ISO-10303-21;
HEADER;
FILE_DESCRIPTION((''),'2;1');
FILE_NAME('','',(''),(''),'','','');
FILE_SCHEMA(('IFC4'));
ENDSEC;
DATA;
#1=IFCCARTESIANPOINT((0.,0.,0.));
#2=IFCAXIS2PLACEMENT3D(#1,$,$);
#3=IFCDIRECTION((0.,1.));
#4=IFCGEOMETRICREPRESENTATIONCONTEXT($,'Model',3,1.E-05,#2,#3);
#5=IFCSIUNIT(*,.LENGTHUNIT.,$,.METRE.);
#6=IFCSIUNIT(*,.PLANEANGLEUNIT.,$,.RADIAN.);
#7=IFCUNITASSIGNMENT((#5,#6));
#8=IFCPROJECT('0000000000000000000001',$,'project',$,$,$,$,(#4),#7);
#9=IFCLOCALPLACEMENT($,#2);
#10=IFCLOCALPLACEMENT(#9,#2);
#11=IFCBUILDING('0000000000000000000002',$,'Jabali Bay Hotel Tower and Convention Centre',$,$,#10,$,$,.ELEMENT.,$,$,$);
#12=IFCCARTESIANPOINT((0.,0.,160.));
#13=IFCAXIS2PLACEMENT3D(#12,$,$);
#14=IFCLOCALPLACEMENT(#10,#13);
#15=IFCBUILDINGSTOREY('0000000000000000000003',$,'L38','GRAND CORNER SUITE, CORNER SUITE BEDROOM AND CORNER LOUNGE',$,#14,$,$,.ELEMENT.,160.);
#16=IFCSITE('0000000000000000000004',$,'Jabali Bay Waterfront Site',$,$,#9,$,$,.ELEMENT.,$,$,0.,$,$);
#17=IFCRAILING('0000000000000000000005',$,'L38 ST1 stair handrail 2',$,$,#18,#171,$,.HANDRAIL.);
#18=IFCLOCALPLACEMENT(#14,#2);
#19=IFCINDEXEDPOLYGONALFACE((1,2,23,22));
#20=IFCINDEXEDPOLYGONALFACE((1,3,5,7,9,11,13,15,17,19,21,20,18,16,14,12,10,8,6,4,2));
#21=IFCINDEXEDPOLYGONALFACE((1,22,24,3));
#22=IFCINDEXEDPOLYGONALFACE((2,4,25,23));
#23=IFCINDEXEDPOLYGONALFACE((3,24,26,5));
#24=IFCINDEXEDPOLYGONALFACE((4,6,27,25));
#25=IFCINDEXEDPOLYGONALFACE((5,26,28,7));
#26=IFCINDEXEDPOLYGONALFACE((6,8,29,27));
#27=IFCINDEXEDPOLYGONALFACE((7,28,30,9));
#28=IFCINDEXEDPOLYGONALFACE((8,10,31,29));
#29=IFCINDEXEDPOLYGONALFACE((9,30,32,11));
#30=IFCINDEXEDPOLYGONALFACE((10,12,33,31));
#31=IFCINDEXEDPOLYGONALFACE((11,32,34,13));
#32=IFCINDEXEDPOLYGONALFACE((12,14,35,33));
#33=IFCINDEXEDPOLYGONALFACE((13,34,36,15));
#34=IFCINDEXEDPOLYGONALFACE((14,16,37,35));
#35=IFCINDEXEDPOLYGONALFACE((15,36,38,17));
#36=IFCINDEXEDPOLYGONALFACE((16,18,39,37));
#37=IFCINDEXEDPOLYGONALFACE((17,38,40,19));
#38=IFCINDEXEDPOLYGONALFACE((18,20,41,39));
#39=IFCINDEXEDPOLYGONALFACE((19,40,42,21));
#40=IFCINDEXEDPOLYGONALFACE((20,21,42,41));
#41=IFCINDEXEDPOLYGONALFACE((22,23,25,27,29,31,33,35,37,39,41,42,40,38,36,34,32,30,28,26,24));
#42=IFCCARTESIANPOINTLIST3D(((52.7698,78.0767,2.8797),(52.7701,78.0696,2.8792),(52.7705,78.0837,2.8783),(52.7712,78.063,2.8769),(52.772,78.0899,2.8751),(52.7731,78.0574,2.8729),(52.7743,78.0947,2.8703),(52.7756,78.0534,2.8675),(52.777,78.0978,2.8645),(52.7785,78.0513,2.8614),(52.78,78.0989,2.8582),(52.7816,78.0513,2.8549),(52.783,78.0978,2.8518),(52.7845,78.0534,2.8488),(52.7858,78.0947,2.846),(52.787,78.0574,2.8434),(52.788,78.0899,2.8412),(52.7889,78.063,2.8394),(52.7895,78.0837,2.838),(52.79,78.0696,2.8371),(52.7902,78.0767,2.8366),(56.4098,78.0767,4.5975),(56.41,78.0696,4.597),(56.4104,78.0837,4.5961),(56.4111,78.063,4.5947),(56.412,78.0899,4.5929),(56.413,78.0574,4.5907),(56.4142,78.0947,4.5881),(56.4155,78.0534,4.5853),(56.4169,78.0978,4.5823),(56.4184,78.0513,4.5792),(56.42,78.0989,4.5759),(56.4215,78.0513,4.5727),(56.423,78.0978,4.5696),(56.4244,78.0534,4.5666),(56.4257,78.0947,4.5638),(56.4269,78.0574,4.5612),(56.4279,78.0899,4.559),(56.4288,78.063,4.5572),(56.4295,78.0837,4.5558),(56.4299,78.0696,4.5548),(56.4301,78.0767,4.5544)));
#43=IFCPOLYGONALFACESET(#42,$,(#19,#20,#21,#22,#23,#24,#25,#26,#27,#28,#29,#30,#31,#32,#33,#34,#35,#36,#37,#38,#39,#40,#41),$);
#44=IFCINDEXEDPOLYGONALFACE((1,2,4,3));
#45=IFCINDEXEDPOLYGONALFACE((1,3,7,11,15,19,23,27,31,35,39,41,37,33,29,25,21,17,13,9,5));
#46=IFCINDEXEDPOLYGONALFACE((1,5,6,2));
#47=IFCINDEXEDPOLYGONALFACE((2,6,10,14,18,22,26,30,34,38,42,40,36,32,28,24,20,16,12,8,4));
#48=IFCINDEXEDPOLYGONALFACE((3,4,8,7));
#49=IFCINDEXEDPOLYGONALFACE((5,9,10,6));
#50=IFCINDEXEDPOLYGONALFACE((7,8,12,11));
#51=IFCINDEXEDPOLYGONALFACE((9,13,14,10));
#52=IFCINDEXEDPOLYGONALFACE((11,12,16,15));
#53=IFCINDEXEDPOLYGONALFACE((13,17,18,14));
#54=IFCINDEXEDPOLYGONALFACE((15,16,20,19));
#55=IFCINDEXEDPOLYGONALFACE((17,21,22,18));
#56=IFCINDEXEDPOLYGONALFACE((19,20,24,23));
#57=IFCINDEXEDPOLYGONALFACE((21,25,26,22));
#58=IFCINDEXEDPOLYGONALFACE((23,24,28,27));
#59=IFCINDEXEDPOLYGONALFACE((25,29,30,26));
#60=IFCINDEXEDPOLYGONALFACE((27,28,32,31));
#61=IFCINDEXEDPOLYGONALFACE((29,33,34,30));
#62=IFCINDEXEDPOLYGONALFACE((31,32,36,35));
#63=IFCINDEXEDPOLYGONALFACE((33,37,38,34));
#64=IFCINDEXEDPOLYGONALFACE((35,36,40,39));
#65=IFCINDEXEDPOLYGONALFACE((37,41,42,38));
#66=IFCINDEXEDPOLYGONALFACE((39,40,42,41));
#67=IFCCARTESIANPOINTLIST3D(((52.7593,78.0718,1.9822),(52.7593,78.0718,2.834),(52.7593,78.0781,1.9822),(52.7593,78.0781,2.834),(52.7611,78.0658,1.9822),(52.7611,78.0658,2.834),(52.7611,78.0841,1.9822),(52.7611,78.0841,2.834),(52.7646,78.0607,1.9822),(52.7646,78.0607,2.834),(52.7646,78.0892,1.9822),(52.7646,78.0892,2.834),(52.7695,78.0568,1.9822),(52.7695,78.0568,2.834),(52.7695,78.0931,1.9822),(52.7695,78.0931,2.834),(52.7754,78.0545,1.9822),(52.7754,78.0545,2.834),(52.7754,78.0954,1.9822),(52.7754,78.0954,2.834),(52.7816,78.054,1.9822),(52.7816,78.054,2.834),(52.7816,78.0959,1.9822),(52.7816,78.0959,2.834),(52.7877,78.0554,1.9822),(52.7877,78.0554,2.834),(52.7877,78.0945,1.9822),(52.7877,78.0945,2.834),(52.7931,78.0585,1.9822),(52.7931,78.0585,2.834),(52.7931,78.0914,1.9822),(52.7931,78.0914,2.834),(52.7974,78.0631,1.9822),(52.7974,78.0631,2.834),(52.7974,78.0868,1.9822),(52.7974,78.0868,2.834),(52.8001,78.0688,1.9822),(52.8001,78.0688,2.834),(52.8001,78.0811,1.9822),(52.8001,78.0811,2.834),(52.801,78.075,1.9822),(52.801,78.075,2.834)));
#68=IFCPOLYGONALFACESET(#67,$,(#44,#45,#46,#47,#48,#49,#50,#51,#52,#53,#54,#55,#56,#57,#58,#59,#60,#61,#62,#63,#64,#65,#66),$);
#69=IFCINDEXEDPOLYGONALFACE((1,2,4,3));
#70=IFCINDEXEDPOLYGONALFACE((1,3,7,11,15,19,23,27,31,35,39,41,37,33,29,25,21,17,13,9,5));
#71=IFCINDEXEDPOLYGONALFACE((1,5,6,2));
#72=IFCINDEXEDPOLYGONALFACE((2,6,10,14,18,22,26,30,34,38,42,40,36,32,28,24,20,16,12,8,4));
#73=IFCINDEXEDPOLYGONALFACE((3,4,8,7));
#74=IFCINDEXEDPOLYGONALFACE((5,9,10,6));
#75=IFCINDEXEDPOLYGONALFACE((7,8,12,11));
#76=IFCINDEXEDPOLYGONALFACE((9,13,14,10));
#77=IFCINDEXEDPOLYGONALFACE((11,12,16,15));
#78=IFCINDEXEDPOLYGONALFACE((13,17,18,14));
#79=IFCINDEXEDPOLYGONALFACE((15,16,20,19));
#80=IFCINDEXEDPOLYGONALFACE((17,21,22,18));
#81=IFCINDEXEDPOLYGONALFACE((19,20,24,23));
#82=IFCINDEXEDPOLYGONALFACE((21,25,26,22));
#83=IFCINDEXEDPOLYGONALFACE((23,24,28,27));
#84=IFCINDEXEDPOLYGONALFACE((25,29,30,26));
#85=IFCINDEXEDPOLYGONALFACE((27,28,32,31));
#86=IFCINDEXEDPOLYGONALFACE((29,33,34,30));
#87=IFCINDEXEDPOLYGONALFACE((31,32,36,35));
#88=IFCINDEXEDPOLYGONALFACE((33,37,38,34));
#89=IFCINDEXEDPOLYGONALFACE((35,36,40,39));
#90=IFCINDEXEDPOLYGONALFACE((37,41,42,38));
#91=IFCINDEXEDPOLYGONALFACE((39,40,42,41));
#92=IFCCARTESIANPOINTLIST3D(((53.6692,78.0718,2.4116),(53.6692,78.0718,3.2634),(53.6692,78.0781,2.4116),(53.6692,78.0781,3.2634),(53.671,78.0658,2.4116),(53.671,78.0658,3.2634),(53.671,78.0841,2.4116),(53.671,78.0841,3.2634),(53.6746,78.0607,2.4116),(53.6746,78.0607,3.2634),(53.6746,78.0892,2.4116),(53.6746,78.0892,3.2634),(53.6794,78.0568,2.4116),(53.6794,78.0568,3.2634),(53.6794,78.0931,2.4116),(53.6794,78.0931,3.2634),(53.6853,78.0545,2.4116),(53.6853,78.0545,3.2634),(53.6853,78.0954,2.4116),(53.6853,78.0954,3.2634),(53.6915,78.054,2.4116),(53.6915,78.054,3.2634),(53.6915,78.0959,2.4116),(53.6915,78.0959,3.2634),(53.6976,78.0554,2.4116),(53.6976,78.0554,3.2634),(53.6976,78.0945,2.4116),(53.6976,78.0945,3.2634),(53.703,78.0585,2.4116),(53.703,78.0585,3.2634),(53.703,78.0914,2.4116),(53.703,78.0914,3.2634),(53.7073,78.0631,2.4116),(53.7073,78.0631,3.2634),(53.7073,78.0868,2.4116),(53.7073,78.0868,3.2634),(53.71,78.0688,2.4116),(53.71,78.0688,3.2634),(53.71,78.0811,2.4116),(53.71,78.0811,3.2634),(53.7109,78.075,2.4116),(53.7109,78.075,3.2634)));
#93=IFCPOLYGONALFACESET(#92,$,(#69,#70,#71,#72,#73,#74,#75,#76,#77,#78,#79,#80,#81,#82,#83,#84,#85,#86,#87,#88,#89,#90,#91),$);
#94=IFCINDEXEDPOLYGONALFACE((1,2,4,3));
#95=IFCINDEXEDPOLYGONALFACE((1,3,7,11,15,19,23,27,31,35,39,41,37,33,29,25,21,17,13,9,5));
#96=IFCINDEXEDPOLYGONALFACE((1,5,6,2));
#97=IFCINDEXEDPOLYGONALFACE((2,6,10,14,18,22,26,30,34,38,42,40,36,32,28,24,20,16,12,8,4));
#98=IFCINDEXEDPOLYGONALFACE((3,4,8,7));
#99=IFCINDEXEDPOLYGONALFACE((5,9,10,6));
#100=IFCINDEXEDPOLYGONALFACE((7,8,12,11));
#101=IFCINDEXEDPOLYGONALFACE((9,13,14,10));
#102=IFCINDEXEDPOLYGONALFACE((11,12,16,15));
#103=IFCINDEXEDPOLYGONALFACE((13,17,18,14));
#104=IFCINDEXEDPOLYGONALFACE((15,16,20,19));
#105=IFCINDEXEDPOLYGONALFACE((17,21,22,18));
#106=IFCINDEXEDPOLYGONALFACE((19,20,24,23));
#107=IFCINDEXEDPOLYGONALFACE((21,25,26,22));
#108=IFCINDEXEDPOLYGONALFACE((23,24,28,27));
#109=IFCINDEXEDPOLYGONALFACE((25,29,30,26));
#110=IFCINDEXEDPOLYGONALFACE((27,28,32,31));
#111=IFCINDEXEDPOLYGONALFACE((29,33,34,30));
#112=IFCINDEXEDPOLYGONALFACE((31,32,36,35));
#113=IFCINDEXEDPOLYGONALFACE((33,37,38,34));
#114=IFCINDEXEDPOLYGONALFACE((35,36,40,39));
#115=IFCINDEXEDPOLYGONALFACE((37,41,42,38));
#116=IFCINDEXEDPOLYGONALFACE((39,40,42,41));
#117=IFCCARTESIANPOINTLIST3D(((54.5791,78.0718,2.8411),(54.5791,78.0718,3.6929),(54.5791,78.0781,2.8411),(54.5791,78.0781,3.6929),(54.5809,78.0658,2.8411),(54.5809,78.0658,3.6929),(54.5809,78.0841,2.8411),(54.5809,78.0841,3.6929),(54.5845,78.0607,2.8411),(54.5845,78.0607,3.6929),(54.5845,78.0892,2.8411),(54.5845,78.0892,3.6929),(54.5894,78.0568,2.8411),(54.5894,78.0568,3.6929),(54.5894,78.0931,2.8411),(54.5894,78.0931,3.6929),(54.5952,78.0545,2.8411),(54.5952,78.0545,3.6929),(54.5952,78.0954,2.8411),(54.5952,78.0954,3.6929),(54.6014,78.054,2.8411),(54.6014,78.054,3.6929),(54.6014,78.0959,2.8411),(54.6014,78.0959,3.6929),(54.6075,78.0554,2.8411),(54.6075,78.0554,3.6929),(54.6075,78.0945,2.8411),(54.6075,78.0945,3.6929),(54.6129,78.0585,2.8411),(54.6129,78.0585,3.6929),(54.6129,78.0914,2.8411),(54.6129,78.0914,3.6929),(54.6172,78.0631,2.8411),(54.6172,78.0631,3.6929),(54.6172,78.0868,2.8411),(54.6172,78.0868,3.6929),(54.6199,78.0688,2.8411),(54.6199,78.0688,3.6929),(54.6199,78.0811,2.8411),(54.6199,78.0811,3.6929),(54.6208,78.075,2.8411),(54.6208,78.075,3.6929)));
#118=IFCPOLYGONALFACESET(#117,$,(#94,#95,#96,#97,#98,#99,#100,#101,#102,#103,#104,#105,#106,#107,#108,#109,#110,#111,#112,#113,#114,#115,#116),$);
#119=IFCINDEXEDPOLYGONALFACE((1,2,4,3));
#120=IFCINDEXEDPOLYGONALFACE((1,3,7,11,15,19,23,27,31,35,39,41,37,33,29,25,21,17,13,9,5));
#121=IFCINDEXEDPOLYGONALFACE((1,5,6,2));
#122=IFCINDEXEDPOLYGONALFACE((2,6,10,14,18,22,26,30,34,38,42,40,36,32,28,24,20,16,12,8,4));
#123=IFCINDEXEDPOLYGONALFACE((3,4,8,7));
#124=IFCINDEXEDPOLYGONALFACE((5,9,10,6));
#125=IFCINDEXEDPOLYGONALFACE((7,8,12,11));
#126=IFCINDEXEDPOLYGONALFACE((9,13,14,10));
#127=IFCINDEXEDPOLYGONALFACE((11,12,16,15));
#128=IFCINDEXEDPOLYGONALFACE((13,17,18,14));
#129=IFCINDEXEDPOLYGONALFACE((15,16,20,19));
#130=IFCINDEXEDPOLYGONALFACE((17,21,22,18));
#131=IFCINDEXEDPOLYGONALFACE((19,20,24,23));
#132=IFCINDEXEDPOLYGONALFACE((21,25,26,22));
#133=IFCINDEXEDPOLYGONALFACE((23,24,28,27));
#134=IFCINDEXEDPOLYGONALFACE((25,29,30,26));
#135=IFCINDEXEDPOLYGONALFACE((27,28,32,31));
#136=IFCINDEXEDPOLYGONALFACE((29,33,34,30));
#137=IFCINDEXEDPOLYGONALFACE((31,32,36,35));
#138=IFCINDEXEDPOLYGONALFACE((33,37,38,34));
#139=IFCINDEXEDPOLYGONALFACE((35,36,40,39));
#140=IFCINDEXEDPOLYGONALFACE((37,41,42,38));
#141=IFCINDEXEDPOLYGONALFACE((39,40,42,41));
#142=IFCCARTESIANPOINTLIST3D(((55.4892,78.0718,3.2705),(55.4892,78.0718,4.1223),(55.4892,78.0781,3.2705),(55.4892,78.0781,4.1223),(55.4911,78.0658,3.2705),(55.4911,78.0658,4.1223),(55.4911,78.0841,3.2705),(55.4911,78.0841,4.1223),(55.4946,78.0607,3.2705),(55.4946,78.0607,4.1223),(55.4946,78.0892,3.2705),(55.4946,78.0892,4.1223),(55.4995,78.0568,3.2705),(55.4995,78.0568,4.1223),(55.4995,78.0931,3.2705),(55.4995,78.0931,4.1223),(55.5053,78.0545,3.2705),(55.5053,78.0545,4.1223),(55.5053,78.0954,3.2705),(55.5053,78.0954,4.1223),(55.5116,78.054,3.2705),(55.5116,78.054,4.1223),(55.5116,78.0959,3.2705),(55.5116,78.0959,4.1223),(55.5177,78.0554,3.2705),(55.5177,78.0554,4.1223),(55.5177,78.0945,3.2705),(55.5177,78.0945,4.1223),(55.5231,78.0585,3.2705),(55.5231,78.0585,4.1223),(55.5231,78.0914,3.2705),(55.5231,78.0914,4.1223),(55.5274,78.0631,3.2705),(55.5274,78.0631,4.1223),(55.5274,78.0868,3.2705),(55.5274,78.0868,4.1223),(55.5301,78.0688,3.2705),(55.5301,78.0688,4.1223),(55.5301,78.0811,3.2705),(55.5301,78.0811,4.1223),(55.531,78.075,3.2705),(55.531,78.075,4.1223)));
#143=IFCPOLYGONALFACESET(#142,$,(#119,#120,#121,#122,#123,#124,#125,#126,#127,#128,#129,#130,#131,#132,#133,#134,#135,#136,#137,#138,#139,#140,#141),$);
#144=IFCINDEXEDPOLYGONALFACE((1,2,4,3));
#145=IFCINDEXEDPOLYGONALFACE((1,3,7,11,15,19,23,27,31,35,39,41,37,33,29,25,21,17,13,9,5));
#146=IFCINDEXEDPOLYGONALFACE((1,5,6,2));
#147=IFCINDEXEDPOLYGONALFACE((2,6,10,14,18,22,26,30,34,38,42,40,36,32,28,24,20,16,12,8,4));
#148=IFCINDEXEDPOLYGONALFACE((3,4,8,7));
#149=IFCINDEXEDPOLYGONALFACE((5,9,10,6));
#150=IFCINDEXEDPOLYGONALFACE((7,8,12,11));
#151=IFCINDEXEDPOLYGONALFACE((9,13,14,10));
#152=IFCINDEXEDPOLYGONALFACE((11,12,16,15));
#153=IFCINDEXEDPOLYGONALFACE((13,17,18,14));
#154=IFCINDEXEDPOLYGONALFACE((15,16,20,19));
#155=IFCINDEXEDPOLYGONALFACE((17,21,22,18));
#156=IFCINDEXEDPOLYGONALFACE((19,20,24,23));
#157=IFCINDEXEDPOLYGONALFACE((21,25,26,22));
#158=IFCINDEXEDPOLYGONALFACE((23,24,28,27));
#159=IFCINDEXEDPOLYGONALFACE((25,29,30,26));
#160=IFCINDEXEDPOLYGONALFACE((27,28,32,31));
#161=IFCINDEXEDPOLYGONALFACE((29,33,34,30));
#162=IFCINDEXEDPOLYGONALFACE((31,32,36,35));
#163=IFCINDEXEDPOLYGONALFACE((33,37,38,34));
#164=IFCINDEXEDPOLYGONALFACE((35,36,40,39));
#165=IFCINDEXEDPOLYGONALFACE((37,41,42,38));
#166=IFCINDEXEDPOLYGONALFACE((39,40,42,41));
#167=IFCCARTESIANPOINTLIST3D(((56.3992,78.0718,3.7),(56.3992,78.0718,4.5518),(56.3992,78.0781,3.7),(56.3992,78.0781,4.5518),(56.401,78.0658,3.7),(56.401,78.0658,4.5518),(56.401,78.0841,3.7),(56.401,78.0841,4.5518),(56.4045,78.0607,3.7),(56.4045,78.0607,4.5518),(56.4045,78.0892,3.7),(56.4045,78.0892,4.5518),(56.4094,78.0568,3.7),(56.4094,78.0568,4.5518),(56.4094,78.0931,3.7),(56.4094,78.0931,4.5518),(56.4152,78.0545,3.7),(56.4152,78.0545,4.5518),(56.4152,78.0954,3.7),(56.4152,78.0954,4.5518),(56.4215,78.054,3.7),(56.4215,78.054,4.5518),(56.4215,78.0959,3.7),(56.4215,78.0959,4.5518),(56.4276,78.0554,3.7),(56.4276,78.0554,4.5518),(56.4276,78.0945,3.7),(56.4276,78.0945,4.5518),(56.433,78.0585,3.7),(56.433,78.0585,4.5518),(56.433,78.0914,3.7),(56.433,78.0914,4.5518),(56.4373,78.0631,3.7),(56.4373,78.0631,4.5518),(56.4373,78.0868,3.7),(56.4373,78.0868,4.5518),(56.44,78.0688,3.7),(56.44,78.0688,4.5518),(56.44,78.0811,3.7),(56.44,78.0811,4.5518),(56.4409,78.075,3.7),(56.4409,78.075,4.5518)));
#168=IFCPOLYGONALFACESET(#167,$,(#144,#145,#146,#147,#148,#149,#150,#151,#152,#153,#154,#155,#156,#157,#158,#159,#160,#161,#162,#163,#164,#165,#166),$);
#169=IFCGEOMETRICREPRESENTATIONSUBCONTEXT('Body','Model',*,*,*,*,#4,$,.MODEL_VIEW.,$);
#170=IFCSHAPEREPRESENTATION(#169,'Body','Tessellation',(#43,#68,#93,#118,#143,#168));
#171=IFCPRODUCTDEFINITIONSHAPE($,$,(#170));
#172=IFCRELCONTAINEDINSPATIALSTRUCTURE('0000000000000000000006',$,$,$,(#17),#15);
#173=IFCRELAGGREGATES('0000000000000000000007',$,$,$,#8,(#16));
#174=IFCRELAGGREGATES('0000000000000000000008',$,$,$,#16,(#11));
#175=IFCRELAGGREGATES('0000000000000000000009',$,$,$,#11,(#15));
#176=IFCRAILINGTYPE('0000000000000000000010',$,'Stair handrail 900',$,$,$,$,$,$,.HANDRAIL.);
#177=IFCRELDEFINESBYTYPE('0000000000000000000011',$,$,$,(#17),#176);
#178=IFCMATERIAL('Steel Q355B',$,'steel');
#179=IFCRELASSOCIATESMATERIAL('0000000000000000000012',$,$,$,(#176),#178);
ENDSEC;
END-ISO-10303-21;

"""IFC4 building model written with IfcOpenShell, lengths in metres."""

from ifc_helpers import new_model, si_unit, direction, frame, origin, origin_2d, place, context, subcontext, project, spatial, circle, extrude, material, type_object, element, save


model = new_model("IFC4")

# Units and contexts
model_context = context("Model", 3, precision=1e-05, world=origin(), true_north=direction((0.0, 1.0)))
body_context = subcontext(model_context, "Body", "Model", "MODEL_VIEW")
ifc_project = project(units=[si_unit("LENGTHUNIT", "METRE"), si_unit("PLANEANGLEUNIT", "RADIAN")], contexts=[model_context])

# Site, building, storey
site_placement = place(None, origin())
site = spatial("IfcSite", under=ifc_project, at=site_placement, Name="Jabali Bay Waterfront Site", CompositionType="ELEMENT", RefElevation=0.0)
building_placement = place(site_placement, origin())
building = spatial("IfcBuilding", under=site, at=building_placement, Name="Jabali Bay Hotel Tower and Convention Centre", CompositionType="ELEMENT")
storey_placement = place(building_placement, frame((0.0, 0.0, 160.0)))
storey = spatial("IfcBuildingStorey", under=building, at=storey_placement, Name="L38", Description="GRAND CORNER SUITE, CORNER SUITE BEDROOM AND CORNER LOUNGE", CompositionType="ELEMENT", Elevation=160.0)

# Railing
ifc_material_1 = material(Name="Steel Q355B", Category="steel")
railing_type = type_object("IfcRailingType", Name="Stair handrail 900", PredefinedType="HANDRAIL", material=ifc_material_1)
railing_placement = place(storey_placement, frame((52.78, 78.075, 1.9822)))
element("IfcRailing", 1, at=railing_placement, inside=storey, type_object=railing_type, Name="L38 ST1 stair handrail 2", PredefinedType="HANDRAIL", context=body_context, shape_type="SweptSolid", body=[
    extrude(circle(Radius=0.0239, at=origin_2d()), frame((0.0, 0.0, 0.876), z_axis=(0.904351, 0.0, 0.42679), x_axis=(0.0, 1.0, 0.0)), (0.0, 0.0, 1.0), 4.0249),
    extrude(circle(Radius=0.021, at=origin_2d()), origin(), (0.0, 0.0, 1.0), 0.8518),
    extrude(circle(Radius=0.021, at=origin_2d()), frame((0.9099, 0.0, 0.4294)), (0.0, 0.0, 1.0), 0.8518),
    extrude(circle(Radius=0.021, at=origin_2d()), frame((1.8198, 0.0, 0.8589)), (0.0, 0.0, 1.0), 0.8518),
    extrude(circle(Radius=0.021, at=origin_2d()), frame((2.73, 0.0, 1.2883)), (0.0, 0.0, 1.0), 0.8518),
    extrude(circle(Radius=0.021, at=origin_2d()), frame((3.6399, 0.0, 1.7178)), (0.0, 0.0, 1.0), 0.8518),
])

save(model, "model.ifc")
